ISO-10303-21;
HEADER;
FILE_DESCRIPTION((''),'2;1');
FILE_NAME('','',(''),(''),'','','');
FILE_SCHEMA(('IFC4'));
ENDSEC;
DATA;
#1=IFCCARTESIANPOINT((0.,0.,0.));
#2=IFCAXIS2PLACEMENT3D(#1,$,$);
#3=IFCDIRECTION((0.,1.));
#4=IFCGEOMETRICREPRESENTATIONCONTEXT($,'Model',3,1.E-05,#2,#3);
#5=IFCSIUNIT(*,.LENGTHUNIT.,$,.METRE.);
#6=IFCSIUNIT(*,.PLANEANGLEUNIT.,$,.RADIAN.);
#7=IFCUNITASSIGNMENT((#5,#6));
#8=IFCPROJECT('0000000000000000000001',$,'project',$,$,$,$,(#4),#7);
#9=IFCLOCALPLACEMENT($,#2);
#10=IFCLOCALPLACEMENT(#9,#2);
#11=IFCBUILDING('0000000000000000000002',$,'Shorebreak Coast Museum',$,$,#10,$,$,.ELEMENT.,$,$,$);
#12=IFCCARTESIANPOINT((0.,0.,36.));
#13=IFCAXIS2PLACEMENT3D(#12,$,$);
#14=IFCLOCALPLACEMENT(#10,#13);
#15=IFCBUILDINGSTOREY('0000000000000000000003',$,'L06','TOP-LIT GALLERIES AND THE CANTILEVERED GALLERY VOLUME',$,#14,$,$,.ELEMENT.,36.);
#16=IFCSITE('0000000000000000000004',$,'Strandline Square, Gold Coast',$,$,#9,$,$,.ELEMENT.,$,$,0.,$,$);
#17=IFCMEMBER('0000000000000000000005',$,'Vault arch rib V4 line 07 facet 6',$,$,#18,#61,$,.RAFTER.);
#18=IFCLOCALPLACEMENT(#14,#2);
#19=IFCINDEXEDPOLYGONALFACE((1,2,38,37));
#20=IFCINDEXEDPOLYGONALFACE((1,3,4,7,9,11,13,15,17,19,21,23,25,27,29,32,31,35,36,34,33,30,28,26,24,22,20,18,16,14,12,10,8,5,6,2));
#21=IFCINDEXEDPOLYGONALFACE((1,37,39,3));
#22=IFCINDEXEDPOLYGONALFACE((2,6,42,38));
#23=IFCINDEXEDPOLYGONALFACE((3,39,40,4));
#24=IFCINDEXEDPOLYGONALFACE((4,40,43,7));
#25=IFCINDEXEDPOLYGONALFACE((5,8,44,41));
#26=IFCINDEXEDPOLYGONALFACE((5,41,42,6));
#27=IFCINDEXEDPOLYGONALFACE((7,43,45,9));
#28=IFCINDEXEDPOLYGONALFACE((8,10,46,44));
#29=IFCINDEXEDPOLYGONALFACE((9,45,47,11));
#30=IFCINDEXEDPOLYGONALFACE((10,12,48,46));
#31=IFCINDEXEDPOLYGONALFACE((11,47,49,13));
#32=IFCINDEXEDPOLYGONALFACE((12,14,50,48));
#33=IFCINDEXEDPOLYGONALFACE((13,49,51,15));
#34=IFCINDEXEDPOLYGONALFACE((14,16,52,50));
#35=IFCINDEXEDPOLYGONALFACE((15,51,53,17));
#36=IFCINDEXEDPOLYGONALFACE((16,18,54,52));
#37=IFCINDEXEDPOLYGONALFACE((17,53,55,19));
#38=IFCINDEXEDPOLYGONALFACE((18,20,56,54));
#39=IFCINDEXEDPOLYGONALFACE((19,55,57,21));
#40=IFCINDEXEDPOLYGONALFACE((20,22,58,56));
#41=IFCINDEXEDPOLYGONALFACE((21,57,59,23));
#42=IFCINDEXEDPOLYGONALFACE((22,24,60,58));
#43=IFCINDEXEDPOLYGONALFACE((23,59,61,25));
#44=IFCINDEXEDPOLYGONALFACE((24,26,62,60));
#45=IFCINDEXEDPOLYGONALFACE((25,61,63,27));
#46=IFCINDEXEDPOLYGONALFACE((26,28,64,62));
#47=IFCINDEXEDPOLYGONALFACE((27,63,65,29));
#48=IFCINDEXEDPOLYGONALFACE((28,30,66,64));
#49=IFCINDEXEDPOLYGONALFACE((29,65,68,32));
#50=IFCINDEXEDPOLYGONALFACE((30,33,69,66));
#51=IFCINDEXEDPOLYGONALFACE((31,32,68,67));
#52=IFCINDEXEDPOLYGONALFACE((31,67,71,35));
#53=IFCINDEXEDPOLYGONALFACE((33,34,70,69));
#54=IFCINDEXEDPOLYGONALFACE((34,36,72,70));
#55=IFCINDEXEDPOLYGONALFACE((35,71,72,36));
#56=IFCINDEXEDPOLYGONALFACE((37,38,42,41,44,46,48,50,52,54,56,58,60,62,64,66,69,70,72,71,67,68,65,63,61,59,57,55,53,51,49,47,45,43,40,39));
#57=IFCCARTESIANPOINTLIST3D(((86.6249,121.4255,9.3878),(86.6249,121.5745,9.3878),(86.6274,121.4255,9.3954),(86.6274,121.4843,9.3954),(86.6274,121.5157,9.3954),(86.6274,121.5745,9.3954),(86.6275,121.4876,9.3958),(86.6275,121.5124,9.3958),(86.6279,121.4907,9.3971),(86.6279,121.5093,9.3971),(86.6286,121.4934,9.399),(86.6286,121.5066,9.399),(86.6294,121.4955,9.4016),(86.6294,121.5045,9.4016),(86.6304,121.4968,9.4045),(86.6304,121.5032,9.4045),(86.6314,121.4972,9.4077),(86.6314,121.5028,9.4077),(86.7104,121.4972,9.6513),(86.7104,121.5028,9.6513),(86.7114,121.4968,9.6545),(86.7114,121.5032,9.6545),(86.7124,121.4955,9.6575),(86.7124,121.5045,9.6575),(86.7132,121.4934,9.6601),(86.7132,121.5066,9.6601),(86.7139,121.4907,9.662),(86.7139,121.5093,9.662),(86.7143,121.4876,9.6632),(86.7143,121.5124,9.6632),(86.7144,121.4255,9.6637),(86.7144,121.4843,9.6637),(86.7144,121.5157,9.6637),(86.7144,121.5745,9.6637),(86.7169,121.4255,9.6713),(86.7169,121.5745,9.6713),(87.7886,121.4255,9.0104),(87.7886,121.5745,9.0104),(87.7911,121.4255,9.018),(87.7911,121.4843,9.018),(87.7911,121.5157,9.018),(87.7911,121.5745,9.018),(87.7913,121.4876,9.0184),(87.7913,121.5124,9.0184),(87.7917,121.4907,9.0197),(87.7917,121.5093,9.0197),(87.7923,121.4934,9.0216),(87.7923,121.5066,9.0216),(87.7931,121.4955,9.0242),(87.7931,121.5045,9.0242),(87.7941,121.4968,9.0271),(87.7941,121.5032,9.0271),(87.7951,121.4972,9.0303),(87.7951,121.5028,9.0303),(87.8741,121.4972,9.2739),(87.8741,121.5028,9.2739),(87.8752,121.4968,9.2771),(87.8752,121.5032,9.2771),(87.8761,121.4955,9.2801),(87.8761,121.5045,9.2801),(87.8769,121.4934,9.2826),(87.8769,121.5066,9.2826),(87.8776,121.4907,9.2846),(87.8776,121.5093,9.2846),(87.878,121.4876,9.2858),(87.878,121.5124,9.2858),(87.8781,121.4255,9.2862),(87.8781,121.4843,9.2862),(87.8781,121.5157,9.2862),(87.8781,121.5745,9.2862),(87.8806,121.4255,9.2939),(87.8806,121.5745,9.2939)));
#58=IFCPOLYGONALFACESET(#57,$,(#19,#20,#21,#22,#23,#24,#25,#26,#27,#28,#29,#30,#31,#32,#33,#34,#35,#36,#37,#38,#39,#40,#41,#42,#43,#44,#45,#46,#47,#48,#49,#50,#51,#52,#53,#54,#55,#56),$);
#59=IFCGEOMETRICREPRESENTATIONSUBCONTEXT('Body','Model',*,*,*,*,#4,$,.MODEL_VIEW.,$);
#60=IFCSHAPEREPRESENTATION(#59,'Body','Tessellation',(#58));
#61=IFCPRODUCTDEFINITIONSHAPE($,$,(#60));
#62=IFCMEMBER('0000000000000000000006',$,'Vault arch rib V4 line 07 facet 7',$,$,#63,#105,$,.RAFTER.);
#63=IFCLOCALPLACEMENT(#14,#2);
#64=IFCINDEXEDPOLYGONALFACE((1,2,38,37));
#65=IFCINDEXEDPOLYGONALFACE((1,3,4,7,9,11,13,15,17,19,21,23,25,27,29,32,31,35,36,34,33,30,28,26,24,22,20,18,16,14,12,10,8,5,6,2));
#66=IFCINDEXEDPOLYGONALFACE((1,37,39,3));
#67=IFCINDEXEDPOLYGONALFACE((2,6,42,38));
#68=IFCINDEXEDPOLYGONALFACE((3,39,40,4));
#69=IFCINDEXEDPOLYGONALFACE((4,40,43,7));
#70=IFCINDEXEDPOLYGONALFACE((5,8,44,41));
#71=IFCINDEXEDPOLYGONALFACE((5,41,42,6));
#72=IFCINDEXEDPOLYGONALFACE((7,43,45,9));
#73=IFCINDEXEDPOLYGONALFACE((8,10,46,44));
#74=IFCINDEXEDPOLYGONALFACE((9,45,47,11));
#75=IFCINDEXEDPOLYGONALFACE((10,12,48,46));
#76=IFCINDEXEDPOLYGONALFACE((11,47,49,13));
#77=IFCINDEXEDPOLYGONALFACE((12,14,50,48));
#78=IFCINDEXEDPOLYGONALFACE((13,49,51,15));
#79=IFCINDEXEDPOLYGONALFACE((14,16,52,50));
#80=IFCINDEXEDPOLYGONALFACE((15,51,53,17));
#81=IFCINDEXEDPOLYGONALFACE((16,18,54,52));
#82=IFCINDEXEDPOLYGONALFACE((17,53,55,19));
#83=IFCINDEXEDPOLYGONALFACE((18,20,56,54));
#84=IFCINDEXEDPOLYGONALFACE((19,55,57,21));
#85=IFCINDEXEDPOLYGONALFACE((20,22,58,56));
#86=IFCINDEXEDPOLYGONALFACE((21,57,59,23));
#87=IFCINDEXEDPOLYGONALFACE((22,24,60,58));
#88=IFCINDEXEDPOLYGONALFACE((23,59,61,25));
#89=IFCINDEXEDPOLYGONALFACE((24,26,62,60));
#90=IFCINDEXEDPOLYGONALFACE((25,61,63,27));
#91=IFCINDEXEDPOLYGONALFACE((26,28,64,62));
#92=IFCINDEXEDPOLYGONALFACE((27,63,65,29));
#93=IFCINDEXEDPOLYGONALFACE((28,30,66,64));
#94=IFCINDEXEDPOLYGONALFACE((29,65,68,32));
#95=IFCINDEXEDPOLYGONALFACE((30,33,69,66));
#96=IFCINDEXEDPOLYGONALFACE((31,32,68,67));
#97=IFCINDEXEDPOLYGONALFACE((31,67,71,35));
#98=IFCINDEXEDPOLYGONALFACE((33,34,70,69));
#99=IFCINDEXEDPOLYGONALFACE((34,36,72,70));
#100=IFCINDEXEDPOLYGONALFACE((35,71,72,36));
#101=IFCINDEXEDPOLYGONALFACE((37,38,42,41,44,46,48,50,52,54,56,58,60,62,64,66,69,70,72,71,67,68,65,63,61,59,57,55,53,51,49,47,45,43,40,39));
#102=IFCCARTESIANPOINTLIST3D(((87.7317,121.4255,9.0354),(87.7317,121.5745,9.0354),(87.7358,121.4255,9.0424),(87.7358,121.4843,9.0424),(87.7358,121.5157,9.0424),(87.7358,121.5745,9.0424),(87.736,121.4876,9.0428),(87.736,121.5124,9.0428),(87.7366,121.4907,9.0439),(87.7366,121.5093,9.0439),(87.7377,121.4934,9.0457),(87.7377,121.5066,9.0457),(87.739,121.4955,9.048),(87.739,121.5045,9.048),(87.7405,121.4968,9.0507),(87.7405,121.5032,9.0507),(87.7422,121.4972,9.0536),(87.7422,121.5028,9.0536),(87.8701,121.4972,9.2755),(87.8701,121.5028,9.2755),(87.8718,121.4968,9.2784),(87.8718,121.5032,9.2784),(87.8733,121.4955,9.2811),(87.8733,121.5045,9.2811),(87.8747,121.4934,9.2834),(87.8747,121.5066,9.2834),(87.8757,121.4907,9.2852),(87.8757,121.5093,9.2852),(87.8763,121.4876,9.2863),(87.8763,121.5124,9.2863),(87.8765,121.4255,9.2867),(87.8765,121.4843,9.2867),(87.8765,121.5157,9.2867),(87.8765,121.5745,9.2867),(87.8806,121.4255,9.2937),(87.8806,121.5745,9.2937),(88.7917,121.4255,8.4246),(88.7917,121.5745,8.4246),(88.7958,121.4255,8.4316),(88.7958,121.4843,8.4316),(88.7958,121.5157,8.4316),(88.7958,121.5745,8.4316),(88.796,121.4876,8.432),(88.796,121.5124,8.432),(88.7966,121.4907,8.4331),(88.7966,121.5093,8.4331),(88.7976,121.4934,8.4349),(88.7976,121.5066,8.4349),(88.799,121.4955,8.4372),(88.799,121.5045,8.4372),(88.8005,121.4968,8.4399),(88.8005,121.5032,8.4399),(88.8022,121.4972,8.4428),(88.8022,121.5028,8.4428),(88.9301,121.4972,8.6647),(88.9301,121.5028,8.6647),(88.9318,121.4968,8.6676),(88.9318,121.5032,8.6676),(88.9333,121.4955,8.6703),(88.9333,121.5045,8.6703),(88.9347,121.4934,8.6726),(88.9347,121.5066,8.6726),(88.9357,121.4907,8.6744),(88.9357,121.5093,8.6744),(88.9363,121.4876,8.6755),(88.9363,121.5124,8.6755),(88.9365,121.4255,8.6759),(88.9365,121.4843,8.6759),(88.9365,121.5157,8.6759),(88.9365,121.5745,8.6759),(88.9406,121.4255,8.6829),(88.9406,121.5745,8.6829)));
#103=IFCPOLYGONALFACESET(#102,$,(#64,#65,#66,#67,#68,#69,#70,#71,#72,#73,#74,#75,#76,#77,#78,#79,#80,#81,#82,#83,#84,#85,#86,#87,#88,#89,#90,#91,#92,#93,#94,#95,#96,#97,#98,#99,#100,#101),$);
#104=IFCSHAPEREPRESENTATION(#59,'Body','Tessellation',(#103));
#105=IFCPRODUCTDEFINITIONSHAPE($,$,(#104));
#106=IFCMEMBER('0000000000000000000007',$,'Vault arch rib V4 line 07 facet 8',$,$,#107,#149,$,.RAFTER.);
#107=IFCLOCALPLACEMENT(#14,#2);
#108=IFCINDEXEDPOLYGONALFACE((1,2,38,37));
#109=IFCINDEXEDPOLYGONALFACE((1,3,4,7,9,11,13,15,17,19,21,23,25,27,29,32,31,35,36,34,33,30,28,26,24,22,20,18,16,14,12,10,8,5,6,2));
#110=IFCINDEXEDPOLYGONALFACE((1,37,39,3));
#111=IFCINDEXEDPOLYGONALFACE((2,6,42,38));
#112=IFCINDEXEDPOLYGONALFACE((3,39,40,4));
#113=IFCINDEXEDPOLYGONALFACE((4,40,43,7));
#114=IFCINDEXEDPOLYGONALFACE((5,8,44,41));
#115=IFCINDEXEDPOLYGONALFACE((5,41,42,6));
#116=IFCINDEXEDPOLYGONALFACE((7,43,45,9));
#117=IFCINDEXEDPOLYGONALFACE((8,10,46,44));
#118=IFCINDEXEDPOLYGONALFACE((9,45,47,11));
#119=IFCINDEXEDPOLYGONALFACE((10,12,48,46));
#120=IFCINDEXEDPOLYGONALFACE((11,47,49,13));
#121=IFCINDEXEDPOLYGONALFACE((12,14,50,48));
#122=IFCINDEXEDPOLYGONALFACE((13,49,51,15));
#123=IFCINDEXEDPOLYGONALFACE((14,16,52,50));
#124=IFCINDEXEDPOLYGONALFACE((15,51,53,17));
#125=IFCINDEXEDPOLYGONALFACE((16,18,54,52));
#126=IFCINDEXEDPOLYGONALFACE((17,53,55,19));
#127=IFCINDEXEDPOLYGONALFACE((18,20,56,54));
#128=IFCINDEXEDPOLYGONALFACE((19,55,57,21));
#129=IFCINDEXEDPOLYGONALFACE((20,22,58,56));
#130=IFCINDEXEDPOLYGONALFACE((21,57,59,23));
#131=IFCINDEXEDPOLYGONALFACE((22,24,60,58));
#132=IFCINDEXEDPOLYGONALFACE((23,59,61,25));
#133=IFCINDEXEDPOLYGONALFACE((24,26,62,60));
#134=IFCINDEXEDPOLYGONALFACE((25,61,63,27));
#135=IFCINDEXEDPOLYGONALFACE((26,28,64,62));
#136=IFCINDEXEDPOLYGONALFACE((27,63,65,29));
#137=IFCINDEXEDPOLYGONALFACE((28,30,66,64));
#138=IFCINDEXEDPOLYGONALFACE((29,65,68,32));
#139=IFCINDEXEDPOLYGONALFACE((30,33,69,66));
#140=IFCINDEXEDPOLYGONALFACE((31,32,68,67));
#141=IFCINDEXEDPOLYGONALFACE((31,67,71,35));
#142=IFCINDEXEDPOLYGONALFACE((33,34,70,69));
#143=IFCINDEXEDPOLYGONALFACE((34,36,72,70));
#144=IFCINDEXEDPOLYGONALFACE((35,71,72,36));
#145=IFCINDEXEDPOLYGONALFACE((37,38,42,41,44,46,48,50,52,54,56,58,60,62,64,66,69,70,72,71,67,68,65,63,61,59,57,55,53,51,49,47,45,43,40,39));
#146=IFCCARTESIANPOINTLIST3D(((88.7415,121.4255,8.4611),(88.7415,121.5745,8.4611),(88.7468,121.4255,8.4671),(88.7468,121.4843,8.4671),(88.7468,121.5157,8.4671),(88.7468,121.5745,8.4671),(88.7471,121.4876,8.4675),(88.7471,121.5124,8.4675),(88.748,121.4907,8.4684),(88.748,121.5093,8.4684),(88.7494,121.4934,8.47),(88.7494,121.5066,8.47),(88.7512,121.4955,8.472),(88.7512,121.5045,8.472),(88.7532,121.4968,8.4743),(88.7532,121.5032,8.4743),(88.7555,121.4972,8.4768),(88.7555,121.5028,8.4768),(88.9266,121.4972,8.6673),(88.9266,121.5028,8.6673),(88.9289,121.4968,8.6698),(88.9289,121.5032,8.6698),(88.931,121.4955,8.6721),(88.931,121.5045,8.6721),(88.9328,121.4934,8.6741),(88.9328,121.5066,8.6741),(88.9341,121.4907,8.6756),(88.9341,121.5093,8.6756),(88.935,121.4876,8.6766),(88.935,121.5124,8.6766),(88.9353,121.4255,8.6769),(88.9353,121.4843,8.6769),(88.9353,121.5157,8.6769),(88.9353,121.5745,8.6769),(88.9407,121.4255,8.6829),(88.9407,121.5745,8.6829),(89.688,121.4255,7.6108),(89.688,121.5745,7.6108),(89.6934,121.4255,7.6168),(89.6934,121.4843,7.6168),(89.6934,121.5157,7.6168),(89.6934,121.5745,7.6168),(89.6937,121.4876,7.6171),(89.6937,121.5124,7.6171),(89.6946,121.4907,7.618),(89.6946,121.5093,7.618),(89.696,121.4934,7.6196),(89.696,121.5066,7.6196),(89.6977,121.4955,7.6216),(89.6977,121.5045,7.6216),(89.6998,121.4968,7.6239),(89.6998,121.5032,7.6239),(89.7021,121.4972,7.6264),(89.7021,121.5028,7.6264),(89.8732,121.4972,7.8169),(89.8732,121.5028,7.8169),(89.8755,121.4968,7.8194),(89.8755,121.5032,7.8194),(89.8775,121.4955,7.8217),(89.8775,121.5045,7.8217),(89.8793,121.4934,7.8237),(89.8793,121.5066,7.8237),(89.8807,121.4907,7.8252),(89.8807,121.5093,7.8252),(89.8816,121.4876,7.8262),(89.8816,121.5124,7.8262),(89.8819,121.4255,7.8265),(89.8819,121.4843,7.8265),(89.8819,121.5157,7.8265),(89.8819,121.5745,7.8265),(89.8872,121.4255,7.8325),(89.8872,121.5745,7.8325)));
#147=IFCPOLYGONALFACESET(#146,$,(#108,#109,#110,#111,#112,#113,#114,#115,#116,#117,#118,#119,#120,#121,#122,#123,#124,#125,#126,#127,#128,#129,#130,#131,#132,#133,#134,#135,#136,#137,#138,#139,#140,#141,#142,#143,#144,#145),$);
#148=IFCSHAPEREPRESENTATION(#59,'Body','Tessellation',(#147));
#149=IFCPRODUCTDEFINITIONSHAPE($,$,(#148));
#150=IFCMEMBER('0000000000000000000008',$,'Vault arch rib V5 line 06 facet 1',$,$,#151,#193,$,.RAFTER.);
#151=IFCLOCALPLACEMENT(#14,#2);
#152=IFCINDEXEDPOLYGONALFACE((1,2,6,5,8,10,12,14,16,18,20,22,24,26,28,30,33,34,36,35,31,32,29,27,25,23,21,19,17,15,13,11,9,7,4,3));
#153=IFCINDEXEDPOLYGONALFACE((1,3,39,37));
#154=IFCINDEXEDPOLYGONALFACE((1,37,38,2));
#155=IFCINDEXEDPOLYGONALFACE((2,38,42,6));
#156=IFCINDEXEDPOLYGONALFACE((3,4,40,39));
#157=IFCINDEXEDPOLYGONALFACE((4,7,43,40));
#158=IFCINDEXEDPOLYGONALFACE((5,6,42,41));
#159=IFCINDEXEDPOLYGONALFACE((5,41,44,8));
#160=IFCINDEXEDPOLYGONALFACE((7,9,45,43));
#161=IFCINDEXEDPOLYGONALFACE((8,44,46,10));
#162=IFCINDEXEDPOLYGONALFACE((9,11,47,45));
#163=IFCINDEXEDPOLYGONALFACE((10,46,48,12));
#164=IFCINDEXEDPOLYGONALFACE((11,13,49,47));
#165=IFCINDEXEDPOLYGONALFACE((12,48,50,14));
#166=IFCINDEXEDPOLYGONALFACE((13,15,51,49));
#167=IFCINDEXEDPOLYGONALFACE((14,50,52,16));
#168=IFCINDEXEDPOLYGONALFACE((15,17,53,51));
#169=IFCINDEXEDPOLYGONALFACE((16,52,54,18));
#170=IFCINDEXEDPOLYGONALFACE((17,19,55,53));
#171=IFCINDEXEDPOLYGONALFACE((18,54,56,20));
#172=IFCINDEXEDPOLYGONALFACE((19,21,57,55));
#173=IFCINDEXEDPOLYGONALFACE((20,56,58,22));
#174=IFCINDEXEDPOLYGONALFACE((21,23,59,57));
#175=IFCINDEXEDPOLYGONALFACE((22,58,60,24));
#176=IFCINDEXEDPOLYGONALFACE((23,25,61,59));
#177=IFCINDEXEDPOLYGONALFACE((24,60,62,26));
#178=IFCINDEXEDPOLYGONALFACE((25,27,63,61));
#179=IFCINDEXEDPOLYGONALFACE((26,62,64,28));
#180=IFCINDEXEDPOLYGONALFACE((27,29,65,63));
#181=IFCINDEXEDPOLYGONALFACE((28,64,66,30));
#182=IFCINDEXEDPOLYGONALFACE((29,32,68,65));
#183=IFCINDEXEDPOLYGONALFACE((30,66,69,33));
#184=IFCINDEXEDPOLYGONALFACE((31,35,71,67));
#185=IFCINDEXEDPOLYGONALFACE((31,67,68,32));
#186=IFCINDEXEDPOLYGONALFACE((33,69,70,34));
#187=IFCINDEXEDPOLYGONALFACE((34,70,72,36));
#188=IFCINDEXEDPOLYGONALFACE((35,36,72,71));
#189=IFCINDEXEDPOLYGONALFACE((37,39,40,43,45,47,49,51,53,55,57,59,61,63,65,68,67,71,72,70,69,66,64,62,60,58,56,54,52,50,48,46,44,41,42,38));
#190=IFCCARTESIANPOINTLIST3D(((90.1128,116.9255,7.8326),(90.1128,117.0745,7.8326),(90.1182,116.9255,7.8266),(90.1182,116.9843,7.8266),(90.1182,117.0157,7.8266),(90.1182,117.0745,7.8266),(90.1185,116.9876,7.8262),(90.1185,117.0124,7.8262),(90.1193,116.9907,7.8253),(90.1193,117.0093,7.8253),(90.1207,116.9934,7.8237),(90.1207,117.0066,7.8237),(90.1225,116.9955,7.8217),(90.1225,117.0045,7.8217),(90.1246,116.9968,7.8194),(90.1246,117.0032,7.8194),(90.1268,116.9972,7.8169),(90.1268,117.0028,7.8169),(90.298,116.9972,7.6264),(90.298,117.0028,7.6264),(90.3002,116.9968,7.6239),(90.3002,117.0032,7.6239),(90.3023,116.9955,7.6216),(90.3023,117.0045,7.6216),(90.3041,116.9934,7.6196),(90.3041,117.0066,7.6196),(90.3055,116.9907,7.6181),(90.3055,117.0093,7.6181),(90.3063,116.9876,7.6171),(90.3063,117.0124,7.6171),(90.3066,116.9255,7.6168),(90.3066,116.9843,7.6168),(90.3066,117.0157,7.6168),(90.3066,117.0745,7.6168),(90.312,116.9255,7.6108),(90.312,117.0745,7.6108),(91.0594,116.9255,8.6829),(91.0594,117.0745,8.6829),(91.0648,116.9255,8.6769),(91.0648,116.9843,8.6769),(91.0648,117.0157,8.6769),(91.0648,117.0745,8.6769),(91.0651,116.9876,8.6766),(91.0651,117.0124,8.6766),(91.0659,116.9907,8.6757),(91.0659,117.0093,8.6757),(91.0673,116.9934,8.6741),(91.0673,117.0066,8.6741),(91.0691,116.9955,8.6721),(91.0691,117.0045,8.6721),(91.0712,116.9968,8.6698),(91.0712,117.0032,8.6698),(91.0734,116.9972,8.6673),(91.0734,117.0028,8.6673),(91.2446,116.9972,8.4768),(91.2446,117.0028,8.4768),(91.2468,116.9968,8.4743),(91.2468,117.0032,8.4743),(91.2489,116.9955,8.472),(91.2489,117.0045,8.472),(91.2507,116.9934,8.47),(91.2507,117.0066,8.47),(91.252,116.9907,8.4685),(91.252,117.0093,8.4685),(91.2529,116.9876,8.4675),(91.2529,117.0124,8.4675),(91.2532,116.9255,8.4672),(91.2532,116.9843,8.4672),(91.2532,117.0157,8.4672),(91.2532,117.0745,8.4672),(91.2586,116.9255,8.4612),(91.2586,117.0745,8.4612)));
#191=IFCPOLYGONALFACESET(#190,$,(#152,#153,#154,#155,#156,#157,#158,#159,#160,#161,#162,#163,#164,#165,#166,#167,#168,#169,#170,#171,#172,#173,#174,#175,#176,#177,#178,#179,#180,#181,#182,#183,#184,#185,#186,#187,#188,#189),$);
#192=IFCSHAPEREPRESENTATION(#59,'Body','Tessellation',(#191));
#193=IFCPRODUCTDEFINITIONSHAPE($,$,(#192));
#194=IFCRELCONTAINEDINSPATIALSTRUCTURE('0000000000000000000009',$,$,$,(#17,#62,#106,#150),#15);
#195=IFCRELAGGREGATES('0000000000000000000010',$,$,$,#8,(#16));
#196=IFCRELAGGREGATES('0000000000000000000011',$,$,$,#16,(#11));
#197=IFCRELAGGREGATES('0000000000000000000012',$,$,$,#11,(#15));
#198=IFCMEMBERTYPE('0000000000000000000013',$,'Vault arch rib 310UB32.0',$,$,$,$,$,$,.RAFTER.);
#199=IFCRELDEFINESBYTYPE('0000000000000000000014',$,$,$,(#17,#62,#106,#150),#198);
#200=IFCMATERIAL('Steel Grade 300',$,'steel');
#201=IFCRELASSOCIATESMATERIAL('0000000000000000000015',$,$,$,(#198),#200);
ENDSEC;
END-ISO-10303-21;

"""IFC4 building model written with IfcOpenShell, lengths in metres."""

from ifc_helpers import new_model, si_unit, direction, frame, origin, origin_2d, place, context, subcontext, project, spatial, i_section, extrude, material, material_profile, profile_set, type_object, element, save


model = new_model("IFC4")

# Units and contexts
model_context = context("Model", 3, precision=1e-05, world=origin(), true_north=direction((0.0, 1.0)))
body_context = subcontext(model_context, "Body", "Model", "MODEL_VIEW")
ifc_project = project(units=[si_unit("LENGTHUNIT", "METRE"), si_unit("PLANEANGLEUNIT", "RADIAN")], contexts=[model_context])

# Site, building, storey
site_placement = place(None, origin())
site = spatial("IfcSite", under=ifc_project, at=site_placement, Name="Strandline Square, Gold Coast", CompositionType="ELEMENT", RefElevation=0.0)
building_placement = place(site_placement, origin())
building = spatial("IfcBuilding", under=site, at=building_placement, Name="Shorebreak Coast Museum", CompositionType="ELEMENT")
storey_placement = place(building_placement, frame((0.0, 0.0, 36.0)))
storey = spatial("IfcBuildingStorey", under=building, at=storey_placement, Name="L06", Description="TOP-LIT GALLERIES AND THE CANTILEVERED GALLERY VOLUME", CompositionType="ELEMENT", Elevation=36.0)

# Members
ifc_material_1 = material(Name="Steel Grade 300", Category="steel")
ifc_material_profile_1 = material_profile(ifc_material_1, i_section(OverallWidth=0.1489, OverallDepth=0.2981, WebThickness=0.0056, FlangeThickness=0.0081, FilletRadius=0.0129, at=origin_2d()), Name="310UB32.0")
ifc_profile_set_1 = profile_set([ifc_material_profile_1], Name="Steel Grade 300")
member_type_1 = type_object("IfcMemberType", Name="Vault arch rib 310UB32.0", PredefinedType="RAFTER", material=ifc_profile_set_1)
for number, where, z_axis, x_axis, name in (
    (1, (86.6709, 121.5, 9.5295), (0.951226, 0.0, -0.308495), (0.0, 1.0, 0.0), "Vault arch rib V4 line 07 facet 6"),
    (2, (87.8062, 121.5, 9.1646), (0.866445, 0.0, -0.499273), (0.0, 1.0, 0.0), "Vault arch rib V4 line 07 facet 7"),
):
    element("IfcMember", number, at=place(storey_placement, frame(where, z_axis=z_axis, x_axis=x_axis)), inside=storey, type_object=member_type_1, Name=name, PredefinedType="RAFTER", context=body_context, shape_type="SweptSolid", body=[
        extrude(i_section(OverallWidth=0.1489, OverallDepth=0.2981, WebThickness=0.0056, FlangeThickness=0.0081, FilletRadius=0.0129, at=origin_2d()), origin(), (0.0, 0.0, 1.0), 1.2234),
    ])
for number, where, z_axis, x_axis, name in (
    (3, (88.8411, 121.5, 8.572), (0.743895, 0.0, -0.668297), (0.0, 1.0, 0.0), "Vault arch rib V4 line 07 facet 8"),
    (4, (90.2124, 117.0, 7.7217), (0.743895, 0.0, 0.668297), (0.0, 1.0, 0.0), "Vault arch rib V5 line 06 facet 1"),
):
    element("IfcMember", number, at=place(storey_placement, frame(where, z_axis=z_axis, x_axis=x_axis)), inside=storey, type_object=member_type_1, Name=name, PredefinedType="RAFTER", context=body_context, shape_type="SweptSolid", body=[
        extrude(i_section(OverallWidth=0.1489, OverallDepth=0.2981, WebThickness=0.0056, FlangeThickness=0.0081, FilletRadius=0.0129, at=origin_2d()), origin(), (0.0, 0.0, 1.0), 1.2725),
    ])

save(model, "model.ifc")
